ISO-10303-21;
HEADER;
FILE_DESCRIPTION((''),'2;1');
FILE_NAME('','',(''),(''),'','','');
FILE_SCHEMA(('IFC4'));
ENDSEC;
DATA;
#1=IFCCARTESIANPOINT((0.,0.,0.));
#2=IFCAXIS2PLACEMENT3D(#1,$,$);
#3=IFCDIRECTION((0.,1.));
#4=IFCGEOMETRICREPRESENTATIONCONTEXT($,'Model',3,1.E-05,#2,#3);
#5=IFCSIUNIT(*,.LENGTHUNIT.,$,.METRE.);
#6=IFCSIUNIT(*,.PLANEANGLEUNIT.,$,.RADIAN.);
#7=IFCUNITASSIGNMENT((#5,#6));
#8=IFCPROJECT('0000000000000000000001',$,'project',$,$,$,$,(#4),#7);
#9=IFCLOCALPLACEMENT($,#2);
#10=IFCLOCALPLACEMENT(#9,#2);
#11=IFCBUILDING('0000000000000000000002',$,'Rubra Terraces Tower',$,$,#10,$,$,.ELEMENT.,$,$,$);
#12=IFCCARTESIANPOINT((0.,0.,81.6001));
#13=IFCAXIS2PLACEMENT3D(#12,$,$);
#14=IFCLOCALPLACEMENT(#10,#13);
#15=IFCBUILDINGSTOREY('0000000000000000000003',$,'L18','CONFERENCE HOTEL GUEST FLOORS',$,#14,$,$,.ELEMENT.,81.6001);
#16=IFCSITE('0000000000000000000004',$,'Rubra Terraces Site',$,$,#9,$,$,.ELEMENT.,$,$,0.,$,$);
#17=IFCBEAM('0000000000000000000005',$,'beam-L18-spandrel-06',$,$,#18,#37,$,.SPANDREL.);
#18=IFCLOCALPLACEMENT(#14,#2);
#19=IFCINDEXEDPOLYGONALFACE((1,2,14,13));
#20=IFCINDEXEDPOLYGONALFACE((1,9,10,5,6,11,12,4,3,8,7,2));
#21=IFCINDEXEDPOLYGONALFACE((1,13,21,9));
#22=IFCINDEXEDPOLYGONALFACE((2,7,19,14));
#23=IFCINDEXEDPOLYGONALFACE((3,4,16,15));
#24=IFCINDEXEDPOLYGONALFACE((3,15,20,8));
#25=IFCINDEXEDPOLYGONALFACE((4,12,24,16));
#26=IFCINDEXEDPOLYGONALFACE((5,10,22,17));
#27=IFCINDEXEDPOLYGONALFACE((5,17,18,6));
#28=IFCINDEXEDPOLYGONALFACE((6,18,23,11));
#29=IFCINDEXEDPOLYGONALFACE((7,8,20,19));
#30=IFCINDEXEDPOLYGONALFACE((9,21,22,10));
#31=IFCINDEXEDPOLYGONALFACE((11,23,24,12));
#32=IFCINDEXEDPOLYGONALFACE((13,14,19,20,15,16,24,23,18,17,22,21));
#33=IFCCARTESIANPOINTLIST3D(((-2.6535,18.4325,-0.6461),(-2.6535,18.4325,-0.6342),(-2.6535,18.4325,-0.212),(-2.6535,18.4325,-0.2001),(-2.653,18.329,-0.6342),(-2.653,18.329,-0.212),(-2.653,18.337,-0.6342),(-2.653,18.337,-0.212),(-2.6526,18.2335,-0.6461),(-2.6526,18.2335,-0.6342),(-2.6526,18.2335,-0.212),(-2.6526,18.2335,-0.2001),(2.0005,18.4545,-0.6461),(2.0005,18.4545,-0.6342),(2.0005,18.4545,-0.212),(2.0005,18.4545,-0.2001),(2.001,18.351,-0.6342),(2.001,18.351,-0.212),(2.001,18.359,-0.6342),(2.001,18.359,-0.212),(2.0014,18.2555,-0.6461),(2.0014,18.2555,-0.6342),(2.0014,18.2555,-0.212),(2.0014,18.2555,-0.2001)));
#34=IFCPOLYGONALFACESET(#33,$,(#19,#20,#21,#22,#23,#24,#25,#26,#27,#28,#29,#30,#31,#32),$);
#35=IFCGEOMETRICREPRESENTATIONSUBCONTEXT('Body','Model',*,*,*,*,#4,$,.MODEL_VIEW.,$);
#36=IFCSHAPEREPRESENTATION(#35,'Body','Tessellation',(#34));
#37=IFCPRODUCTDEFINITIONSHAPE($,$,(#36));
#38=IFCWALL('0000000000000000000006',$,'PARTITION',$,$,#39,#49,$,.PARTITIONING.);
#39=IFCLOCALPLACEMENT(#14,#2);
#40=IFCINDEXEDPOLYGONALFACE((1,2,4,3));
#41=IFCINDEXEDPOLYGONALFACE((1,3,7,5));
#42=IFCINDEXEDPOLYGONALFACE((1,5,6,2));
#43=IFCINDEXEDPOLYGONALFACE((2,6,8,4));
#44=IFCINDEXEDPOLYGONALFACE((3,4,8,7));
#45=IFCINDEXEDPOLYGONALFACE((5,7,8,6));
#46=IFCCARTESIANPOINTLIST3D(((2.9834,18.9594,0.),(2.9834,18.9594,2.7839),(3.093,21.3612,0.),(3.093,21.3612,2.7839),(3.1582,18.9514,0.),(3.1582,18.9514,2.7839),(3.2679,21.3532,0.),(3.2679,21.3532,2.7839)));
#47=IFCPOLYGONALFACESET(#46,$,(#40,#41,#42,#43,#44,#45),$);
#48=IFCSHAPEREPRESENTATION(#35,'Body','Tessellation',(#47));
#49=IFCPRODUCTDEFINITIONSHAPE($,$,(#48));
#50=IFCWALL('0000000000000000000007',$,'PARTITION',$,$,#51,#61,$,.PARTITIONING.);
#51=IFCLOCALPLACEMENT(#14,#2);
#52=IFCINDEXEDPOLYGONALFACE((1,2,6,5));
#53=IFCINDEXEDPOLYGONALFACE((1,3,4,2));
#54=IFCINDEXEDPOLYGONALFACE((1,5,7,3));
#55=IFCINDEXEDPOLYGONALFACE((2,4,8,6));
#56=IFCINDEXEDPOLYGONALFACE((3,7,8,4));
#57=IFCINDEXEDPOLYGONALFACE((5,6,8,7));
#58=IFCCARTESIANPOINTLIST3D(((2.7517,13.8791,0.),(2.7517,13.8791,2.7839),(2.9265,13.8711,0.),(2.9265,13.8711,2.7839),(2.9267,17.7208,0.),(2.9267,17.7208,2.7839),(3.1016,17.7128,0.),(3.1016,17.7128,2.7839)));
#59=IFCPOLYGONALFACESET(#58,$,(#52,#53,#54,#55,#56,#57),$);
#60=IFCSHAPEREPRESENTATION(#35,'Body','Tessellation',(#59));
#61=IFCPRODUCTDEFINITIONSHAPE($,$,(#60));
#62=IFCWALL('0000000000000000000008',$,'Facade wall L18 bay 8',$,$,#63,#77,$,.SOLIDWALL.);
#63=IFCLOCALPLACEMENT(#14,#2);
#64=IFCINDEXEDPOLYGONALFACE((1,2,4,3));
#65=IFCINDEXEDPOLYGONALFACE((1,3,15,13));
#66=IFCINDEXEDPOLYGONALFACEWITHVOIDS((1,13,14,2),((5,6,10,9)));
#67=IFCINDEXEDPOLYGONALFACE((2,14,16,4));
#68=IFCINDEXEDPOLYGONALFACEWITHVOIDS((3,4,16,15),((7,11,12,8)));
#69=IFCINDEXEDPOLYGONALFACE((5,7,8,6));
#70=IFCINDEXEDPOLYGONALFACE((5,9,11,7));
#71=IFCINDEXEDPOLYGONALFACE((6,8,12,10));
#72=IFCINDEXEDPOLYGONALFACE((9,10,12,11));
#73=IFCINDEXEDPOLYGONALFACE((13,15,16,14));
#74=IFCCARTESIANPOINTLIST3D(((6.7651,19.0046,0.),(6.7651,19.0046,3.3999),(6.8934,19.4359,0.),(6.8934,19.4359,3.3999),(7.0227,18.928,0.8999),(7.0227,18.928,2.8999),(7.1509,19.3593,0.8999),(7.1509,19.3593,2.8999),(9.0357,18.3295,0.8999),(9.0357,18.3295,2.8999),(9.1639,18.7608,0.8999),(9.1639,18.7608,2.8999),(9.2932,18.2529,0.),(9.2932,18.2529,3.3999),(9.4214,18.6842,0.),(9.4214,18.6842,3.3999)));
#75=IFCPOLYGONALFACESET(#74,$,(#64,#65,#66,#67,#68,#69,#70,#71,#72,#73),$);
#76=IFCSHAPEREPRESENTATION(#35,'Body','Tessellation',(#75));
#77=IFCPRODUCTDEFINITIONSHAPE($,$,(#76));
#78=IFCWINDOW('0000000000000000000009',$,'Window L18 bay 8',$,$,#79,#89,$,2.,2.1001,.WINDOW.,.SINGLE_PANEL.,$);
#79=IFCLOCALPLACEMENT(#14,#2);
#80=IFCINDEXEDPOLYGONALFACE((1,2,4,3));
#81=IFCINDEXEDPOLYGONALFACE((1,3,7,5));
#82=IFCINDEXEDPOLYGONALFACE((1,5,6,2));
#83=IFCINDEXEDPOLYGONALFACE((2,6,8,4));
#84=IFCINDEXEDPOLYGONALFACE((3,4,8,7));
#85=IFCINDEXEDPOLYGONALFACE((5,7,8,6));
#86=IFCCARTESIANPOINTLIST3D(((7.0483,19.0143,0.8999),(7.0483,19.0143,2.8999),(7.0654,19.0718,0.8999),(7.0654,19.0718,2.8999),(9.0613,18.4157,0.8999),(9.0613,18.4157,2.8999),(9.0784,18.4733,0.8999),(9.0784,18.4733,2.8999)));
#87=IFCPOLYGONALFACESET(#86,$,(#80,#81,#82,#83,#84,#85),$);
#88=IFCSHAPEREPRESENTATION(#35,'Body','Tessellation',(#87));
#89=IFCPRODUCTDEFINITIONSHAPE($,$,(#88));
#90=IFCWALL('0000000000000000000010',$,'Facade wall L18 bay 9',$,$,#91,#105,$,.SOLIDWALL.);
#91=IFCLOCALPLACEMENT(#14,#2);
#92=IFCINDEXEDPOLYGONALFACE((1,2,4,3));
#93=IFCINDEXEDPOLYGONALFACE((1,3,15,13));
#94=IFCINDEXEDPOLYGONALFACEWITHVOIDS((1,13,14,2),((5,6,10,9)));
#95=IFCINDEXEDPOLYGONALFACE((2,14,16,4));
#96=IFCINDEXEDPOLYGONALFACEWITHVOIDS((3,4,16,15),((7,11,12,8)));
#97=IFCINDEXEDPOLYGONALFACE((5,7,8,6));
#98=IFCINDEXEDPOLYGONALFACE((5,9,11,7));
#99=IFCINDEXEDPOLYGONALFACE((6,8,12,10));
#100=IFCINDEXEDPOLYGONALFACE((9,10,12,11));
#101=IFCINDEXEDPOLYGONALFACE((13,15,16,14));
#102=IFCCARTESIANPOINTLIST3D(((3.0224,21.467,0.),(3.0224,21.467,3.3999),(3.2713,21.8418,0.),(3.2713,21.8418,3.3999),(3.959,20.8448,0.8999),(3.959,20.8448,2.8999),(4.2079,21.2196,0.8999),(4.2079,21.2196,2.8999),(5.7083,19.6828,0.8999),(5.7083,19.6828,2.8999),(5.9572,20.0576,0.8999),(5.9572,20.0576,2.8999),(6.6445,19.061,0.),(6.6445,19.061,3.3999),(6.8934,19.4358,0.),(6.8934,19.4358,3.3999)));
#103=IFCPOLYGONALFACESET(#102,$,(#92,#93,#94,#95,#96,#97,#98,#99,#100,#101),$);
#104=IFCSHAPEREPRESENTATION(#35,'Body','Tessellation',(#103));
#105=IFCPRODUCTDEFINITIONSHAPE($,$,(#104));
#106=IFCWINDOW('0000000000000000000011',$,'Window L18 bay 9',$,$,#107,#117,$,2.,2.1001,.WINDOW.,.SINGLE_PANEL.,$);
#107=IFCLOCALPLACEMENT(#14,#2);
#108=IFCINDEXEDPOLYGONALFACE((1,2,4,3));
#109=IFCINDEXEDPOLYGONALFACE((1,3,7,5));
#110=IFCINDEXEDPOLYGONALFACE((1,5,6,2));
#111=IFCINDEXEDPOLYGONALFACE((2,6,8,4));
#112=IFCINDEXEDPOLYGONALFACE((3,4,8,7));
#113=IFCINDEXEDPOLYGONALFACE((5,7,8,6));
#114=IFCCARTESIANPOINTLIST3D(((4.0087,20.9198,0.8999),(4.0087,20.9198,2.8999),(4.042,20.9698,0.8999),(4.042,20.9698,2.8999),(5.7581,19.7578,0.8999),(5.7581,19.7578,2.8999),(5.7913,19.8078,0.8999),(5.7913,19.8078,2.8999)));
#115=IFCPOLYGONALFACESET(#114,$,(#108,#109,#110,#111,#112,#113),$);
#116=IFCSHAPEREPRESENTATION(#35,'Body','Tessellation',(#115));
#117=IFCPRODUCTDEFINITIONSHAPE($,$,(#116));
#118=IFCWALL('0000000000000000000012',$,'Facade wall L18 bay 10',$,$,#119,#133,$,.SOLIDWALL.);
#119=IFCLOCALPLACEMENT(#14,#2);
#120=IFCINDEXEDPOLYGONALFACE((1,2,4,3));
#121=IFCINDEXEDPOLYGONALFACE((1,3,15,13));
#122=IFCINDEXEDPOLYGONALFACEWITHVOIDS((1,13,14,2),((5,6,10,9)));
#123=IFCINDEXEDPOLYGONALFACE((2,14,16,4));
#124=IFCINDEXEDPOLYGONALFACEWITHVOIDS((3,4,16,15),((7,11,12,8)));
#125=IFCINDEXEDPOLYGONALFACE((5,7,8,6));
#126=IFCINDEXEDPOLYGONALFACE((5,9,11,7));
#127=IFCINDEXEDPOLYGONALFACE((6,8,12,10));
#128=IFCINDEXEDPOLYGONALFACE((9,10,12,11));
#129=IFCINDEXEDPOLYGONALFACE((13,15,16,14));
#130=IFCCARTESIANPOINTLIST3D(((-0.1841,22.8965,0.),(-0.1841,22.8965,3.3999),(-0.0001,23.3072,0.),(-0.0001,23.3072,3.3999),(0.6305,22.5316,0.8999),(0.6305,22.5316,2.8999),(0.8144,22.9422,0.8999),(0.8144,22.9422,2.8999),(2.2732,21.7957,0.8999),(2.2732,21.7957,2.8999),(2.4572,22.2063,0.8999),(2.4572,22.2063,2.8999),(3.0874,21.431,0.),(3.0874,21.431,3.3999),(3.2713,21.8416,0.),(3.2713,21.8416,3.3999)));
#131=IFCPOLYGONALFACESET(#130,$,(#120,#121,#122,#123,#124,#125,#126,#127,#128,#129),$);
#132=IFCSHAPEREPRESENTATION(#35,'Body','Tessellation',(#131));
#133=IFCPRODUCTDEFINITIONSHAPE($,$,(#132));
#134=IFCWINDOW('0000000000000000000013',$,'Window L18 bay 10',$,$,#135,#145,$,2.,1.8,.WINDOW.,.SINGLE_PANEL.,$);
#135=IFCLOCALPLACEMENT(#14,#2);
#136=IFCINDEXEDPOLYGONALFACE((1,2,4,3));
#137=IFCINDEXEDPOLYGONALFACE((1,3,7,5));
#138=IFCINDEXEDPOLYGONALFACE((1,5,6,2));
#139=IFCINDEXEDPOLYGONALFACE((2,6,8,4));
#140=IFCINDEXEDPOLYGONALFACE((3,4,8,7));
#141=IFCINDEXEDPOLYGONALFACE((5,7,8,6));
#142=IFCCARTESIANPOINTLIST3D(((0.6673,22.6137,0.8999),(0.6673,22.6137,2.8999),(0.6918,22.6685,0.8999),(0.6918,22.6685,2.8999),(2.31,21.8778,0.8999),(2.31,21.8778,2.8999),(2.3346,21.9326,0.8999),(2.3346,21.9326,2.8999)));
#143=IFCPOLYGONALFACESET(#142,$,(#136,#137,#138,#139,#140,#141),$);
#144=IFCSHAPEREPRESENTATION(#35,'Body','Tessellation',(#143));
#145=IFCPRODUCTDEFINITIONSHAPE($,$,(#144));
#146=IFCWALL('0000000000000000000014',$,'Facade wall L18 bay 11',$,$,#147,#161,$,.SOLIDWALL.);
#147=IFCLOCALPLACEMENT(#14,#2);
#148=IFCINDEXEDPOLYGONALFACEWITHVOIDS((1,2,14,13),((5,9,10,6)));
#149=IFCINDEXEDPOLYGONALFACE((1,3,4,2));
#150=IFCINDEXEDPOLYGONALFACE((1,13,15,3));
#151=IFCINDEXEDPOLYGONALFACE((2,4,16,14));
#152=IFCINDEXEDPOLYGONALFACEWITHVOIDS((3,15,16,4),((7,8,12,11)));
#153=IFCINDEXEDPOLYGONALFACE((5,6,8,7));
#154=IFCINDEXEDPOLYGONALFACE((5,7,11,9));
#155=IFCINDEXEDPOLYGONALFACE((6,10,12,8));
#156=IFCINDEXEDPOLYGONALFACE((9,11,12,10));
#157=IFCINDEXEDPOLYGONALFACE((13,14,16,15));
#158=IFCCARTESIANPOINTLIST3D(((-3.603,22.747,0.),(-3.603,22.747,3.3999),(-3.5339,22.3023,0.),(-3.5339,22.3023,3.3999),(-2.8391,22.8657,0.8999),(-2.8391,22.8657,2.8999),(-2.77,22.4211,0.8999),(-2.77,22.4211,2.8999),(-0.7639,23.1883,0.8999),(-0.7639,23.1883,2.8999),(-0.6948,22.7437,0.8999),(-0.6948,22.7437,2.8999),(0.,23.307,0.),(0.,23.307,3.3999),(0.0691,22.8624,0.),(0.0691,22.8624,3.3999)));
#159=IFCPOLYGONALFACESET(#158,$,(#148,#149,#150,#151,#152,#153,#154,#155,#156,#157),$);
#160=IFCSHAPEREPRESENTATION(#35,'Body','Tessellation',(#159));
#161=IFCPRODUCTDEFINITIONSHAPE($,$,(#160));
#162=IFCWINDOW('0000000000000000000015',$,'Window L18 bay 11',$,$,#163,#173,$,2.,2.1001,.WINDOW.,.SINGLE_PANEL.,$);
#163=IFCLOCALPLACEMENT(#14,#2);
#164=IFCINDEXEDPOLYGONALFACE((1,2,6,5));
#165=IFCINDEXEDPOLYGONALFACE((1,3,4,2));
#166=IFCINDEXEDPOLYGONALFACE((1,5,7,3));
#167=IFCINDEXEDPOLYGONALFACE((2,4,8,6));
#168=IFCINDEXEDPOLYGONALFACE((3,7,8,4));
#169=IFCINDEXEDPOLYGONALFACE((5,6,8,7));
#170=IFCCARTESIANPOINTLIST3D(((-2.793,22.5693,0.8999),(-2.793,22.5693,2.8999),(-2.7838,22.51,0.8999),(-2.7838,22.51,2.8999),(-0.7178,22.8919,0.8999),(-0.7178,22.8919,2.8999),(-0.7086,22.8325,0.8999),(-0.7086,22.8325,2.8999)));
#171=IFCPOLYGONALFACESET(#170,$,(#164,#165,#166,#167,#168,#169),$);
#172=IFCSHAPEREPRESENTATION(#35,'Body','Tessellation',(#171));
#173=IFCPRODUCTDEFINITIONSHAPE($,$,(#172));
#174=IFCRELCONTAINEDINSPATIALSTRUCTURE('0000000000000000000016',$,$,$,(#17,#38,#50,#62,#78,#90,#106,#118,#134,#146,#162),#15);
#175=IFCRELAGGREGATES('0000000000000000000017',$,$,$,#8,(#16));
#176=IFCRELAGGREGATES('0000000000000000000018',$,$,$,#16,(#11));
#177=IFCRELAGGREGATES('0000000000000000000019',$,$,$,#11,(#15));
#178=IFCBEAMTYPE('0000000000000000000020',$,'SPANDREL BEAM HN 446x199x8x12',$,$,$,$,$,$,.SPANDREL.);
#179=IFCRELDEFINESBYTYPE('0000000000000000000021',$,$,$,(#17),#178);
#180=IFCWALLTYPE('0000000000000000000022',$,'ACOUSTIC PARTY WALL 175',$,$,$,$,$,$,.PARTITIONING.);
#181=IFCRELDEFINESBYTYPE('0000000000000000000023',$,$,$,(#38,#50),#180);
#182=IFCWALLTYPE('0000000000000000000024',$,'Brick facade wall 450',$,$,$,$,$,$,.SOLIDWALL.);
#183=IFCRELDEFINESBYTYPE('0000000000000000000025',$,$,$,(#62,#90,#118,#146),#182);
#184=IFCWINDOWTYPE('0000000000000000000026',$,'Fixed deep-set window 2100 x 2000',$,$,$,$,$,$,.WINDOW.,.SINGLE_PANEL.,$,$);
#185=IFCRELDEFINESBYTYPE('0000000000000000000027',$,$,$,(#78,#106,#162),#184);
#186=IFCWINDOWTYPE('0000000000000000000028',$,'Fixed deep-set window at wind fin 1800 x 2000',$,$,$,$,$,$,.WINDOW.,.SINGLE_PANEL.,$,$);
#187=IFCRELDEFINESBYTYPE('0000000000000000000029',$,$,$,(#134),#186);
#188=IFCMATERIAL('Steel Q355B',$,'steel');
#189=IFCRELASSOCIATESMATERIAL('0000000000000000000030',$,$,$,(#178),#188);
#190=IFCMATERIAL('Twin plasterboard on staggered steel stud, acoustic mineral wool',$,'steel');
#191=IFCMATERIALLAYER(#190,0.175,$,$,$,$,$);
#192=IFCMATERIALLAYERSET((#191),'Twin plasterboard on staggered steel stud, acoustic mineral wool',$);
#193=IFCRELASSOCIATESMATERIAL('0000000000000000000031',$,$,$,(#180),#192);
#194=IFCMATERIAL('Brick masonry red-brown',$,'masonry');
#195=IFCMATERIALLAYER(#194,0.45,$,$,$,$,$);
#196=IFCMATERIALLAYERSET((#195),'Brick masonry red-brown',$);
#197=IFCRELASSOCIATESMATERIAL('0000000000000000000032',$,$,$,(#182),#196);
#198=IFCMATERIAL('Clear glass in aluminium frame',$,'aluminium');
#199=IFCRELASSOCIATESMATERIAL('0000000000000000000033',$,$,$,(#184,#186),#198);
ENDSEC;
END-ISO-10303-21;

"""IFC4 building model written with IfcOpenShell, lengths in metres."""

from ifc_helpers import new_model, si_unit, direction, frame, frame_2d, origin, origin_2d, place, context, subcontext, project, spatial, rectangle, i_section, extrude, material, layer, layer_set, material_profile, profile_set, type_object, element, fill, save


model = new_model("IFC4")

# Units and contexts
model_context = context("Model", 3, precision=1e-05, world=origin(), true_north=direction((0.0, 1.0)))
body_context = subcontext(model_context, "Body", "Model", "MODEL_VIEW")
ifc_project = project(units=[si_unit("LENGTHUNIT", "METRE"), si_unit("PLANEANGLEUNIT", "RADIAN")], contexts=[model_context])

# Site, building, storey
site_placement = place(None, origin())
site = spatial("IfcSite", under=ifc_project, at=site_placement, Name="Rubra Terraces Site", CompositionType="ELEMENT", RefElevation=0.0)
building_placement = place(site_placement, origin())
building = spatial("IfcBuilding", under=site, at=building_placement, Name="Rubra Terraces Tower", CompositionType="ELEMENT")
storey_placement = place(building_placement, frame((0.0, 0.0, 81.6001)))
storey = spatial("IfcBuildingStorey", under=building, at=storey_placement, Name="L18", Description="CONFERENCE HOTEL GUEST FLOORS", CompositionType="ELEMENT", Elevation=81.6001)

# Beam
ifc_material_1 = material(Name="Steel Q355B", Category="steel")
ifc_material_profile_1 = material_profile(ifc_material_1, i_section(OverallWidth=0.199, OverallDepth=0.446, WebThickness=0.0081, FlangeThickness=0.012, at=origin_2d()), Name="HN 446x199x8x12")
ifc_profile_set_1 = profile_set([ifc_material_profile_1], Name="Steel Q355B")
beam_type_1 = type_object("IfcBeamType", Name="SPANDREL BEAM HN 446x199x8x12", PredefinedType="SPANDREL", material=ifc_profile_set_1)
beam_1_placement = place(storey_placement, frame((2.001, 18.355, -0.4231), z_axis=(-0.999989, -0.004721, 0.0), x_axis=(0.004721, -0.999989, 0.0)))
element("IfcBeam", 1, at=beam_1_placement, inside=storey, type_object=beam_type_1, Name="beam-L18-spandrel-06", PredefinedType="SPANDREL", context=body_context, shape_type="SweptSolid", body=[
    extrude(i_section(OverallWidth=0.199, OverallDepth=0.446, WebThickness=0.0081, FlangeThickness=0.012, at=origin_2d()), origin(), (0.0, 0.0, 1.0), 4.6541),
])

# Walls
ifc_material_2 = material(Name="Twin plasterboard on staggered steel stud, acoustic mineral wool", Category="steel")
ifc_layer_1 = layer(ifc_material_2, 0.175)
ifc_layer_set_1 = layer_set([ifc_layer_1], Name="Twin plasterboard on staggered steel stud, acoustic mineral wool")
wall_type_1 = type_object("IfcWallType", Name="ACOUSTIC PARTY WALL 175", PredefinedType="PARTITIONING", material=ifc_layer_set_1)
wall_1_placement = place(storey_placement, frame((3.1804, 21.3572, 0.0), z_axis=(0.0, 0.0, 1.0), x_axis=(-0.045592, -0.99896, 0.0)))
element("IfcWall", 2, at=wall_1_placement, inside=storey, type_object=wall_type_1, Name="PARTITION", PredefinedType="PARTITIONING", context=body_context, shape_type="SweptSolid", body=[
    extrude(rectangle(XDim=2.4043, YDim=0.175, at=frame_2d((1.2021, 0.0))), origin(), (0.0, 0.0, 1.0), 2.7839),
])
wall_2_placement = place(storey_placement, frame((3.0142, 17.7168, 0.0), z_axis=(0.0, 0.0, 1.0), x_axis=(-0.045517, -0.998964, 0.0)))
element("IfcWall", 3, at=wall_2_placement, inside=storey, type_object=wall_type_1, Name="PARTITION", PredefinedType="PARTITIONING", context=body_context, shape_type="SweptSolid", body=[
    extrude(rectangle(XDim=3.8457, YDim=0.175, at=frame_2d((1.9229, 0.0))), origin(), (0.0, 0.0, 1.0), 2.7839),
])

# Walls, openings, windows
ifc_material_3 = material(Name="Brick masonry red-brown", Category="masonry")
ifc_layer_2 = layer(ifc_material_3, 0.45)
ifc_layer_set_2 = layer_set([ifc_layer_2], Name="Brick masonry red-brown")
wall_type_2 = type_object("IfcWallType", Name="Brick facade wall 450", PredefinedType="SOLIDWALL", material=ifc_layer_set_2)
wall_3_placement = place(storey_placement, frame((9.3574, 18.4685, 0.0), z_axis=(0.0, 0.0, 1.0), x_axis=(-0.958524, 0.285012, 0.0)))
wall_3 = element("IfcWall", 4, at=wall_3_placement, inside=storey, type_object=wall_type_2, Name="Facade wall L18 bay 8", PredefinedType="SOLIDWALL", context=body_context, shape_type="SweptSolid", body=[
    extrude(rectangle(XDim=2.6375, YDim=0.45, at=frame_2d((1.3188, 0.0))), origin(), (0.0, 0.0, 1.0), 3.3999),
])
opening_1_placement = place(wall_3_placement, frame((0.2688, 0.0, 0.8999)))
opening_1 = element("IfcOpeningElement", 5, at=opening_1_placement, cuts=wall_3, PredefinedType="OPENING", context=body_context, shape_type="SweptSolid", body=[
    extrude(rectangle(XDim=2.1001, YDim=2.0, at=frame_2d((1.05, 1.0))), frame((0.0, 0.2349, 0.0), z_axis=(0.0, -1.0, 0.0), x_axis=(1.0, 0.0, 0.0)), (0.0, 0.0, 1.0), 0.47),
])
ifc_material_4 = material(Name="Clear glass in aluminium frame", Category="aluminium")
window_type_1 = type_object("IfcWindowType", Name="Fixed deep-set window 2100 x 2000", PartitioningType="SINGLE_PANEL", PredefinedType="WINDOW", material=ifc_material_4)
window_1_placement = place(opening_1_placement, origin())
window_1 = element("IfcWindow", 6, at=window_1_placement, inside=storey, type_object=window_type_1, Name="Window L18 bay 8", OverallHeight=2.0, OverallWidth=2.1001, PartitioningType="SINGLE_PANEL", PredefinedType="WINDOW", context=body_context, shape_type="SweptSolid", body=[
    extrude(rectangle(XDim=2.1001, YDim=2.0, at=frame_2d((1.05, 1.0))), frame((0.0, 0.135, 0.0), z_axis=(0.0, -1.0, 0.0), x_axis=(1.0, 0.0, 0.0)), (0.0, 0.0, 1.0), 0.0601),
])
fill(opening_1, window_1)
wall_4_placement = place(storey_placement, frame((6.769, 19.2483, 0.0), z_axis=(0.0, 0.0, 1.0), x_axis=(-0.832973, 0.553313, 0.0)))
wall_4 = element("IfcWall", 7, at=wall_4_placement, inside=storey, type_object=wall_type_2, Name="Facade wall L18 bay 9", PredefinedType="SOLIDWALL", context=body_context, shape_type="SweptSolid", body=[
    extrude(rectangle(XDim=4.3484, YDim=0.45, at=frame_2d((2.1743, 0.0))), origin(), (0.0, 0.0, 1.0), 3.3999),
])
opening_2_placement = place(wall_4_placement, frame((1.124, 0.0, 0.8999)))
opening_2 = element("IfcOpeningElement", 8, at=opening_2_placement, cuts=wall_4, PredefinedType="OPENING", context=body_context, shape_type="SweptSolid", body=[
    extrude(rectangle(XDim=2.1001, YDim=2.0, at=frame_2d((1.05, 1.0))), frame((0.0, 0.2349, 0.0), z_axis=(0.0, -1.0, 0.0), x_axis=(1.0, 0.0, 0.0)), (0.0, 0.0, 1.0), 0.47),
])
window_2_placement = place(opening_2_placement, origin())
window_2 = element("IfcWindow", 9, at=window_2_placement, inside=storey, type_object=window_type_1, Name="Window L18 bay 9", OverallHeight=2.0, OverallWidth=2.1001, PartitioningType="SINGLE_PANEL", PredefinedType="WINDOW", context=body_context, shape_type="SweptSolid", body=[
    extrude(rectangle(XDim=2.1001, YDim=2.0, at=frame_2d((1.05, 1.0))), frame((0.0, 0.135, 0.0), z_axis=(0.0, -1.0, 0.0), x_axis=(1.0, 0.0, 0.0)), (0.0, 0.0, 1.0), 0.0601),
])
fill(opening_2, window_2)
wall_5_placement = place(storey_placement, frame((3.1794, 21.6362, 0.0), z_axis=(0.0, 0.0, 1.0), x_axis=(-0.912608, 0.408835, 0.0)))
wall_5 = element("IfcWall", 10, at=wall_5_placement, inside=storey, type_object=wall_type_2, Name="Facade wall L18 bay 10", PredefinedType="SOLIDWALL", context=body_context, shape_type="SweptSolid", body=[
    extrude(rectangle(XDim=3.5847, YDim=0.45, at=frame_2d((1.7925, 0.0))), origin(), (0.0, 0.0, 1.0), 3.3999),
])
opening_3_placement = place(wall_5_placement, frame((0.8923, 0.0, 0.8999)))
opening_3 = element("IfcOpeningElement", 11, at=opening_3_placement, cuts=wall_5, PredefinedType="OPENING", context=body_context, shape_type="SweptSolid", body=[
    extrude(rectangle(XDim=1.8, YDim=2.0, at=frame_2d((0.8999, 1.0))), frame((0.0, 0.2349, 0.0), z_axis=(0.0, -1.0, 0.0), x_axis=(1.0, 0.0, 0.0)), (0.0, 0.0, 1.0), 0.47),
])
window_type_2 = type_object("IfcWindowType", Name="Fixed deep-set window at wind fin 1800 x 2000", PartitioningType="SINGLE_PANEL", PredefinedType="WINDOW", material=ifc_material_4)
window_3_placement = place(opening_3_placement, origin())
window_3 = element("IfcWindow", 12, at=window_3_placement, inside=storey, type_object=window_type_2, Name="Window L18 bay 10", OverallHeight=2.0, OverallWidth=1.8, PartitioningType="SINGLE_PANEL", PredefinedType="WINDOW", context=body_context, shape_type="SweptSolid", body=[
    extrude(rectangle(XDim=1.8, YDim=2.0, at=frame_2d((0.8999, 1.0))), frame((0.0, 0.135, 0.0), z_axis=(0.0, -1.0, 0.0), x_axis=(1.0, 0.0, 0.0)), (0.0, 0.0, 1.0), 0.0601),
])
fill(opening_3, window_3)
wall_6_placement = place(storey_placement, frame((0.0347, 23.0847, 0.0), z_axis=(0.0, 0.0, 1.0), x_axis=(-0.988134, -0.153597, 0.0)))
wall_6 = element("IfcWall", 13, at=wall_6_placement, inside=storey, type_object=wall_type_2, Name="Facade wall L18 bay 11", PredefinedType="SOLIDWALL", context=body_context, shape_type="SweptSolid", body=[
    extrude(rectangle(XDim=3.6462, YDim=0.45, at=frame_2d((1.8232, 0.0))), origin(), (0.0, 0.0, 1.0), 3.3999),
])
opening_4_placement = place(wall_6_placement, frame((0.7732, 0.0, 0.8999)))
opening_4 = element("IfcOpeningElement", 14, at=opening_4_placement, cuts=wall_6, PredefinedType="OPENING", context=body_context, shape_type="SweptSolid", body=[
    extrude(rectangle(XDim=2.1001, YDim=2.0, at=frame_2d((1.05, 1.0))), frame((0.0, 0.2349, 0.0), z_axis=(0.0, -1.0, 0.0), x_axis=(1.0, 0.0, 0.0)), (0.0, 0.0, 1.0), 0.47),
])
window_4_placement = place(opening_4_placement, origin())
window_4 = element("IfcWindow", 15, at=window_4_placement, inside=storey, type_object=window_type_1, Name="Window L18 bay 11", OverallHeight=2.0, OverallWidth=2.1001, PartitioningType="SINGLE_PANEL", PredefinedType="WINDOW", context=body_context, shape_type="SweptSolid", body=[
    extrude(rectangle(XDim=2.1001, YDim=2.0, at=frame_2d((1.05, 1.0))), frame((0.0, 0.135, 0.0), z_axis=(0.0, -1.0, 0.0), x_axis=(1.0, 0.0, 0.0)), (0.0, 0.0, 1.0), 0.0601),
])
fill(opening_4, window_4)

save(model, "model.ifc")
